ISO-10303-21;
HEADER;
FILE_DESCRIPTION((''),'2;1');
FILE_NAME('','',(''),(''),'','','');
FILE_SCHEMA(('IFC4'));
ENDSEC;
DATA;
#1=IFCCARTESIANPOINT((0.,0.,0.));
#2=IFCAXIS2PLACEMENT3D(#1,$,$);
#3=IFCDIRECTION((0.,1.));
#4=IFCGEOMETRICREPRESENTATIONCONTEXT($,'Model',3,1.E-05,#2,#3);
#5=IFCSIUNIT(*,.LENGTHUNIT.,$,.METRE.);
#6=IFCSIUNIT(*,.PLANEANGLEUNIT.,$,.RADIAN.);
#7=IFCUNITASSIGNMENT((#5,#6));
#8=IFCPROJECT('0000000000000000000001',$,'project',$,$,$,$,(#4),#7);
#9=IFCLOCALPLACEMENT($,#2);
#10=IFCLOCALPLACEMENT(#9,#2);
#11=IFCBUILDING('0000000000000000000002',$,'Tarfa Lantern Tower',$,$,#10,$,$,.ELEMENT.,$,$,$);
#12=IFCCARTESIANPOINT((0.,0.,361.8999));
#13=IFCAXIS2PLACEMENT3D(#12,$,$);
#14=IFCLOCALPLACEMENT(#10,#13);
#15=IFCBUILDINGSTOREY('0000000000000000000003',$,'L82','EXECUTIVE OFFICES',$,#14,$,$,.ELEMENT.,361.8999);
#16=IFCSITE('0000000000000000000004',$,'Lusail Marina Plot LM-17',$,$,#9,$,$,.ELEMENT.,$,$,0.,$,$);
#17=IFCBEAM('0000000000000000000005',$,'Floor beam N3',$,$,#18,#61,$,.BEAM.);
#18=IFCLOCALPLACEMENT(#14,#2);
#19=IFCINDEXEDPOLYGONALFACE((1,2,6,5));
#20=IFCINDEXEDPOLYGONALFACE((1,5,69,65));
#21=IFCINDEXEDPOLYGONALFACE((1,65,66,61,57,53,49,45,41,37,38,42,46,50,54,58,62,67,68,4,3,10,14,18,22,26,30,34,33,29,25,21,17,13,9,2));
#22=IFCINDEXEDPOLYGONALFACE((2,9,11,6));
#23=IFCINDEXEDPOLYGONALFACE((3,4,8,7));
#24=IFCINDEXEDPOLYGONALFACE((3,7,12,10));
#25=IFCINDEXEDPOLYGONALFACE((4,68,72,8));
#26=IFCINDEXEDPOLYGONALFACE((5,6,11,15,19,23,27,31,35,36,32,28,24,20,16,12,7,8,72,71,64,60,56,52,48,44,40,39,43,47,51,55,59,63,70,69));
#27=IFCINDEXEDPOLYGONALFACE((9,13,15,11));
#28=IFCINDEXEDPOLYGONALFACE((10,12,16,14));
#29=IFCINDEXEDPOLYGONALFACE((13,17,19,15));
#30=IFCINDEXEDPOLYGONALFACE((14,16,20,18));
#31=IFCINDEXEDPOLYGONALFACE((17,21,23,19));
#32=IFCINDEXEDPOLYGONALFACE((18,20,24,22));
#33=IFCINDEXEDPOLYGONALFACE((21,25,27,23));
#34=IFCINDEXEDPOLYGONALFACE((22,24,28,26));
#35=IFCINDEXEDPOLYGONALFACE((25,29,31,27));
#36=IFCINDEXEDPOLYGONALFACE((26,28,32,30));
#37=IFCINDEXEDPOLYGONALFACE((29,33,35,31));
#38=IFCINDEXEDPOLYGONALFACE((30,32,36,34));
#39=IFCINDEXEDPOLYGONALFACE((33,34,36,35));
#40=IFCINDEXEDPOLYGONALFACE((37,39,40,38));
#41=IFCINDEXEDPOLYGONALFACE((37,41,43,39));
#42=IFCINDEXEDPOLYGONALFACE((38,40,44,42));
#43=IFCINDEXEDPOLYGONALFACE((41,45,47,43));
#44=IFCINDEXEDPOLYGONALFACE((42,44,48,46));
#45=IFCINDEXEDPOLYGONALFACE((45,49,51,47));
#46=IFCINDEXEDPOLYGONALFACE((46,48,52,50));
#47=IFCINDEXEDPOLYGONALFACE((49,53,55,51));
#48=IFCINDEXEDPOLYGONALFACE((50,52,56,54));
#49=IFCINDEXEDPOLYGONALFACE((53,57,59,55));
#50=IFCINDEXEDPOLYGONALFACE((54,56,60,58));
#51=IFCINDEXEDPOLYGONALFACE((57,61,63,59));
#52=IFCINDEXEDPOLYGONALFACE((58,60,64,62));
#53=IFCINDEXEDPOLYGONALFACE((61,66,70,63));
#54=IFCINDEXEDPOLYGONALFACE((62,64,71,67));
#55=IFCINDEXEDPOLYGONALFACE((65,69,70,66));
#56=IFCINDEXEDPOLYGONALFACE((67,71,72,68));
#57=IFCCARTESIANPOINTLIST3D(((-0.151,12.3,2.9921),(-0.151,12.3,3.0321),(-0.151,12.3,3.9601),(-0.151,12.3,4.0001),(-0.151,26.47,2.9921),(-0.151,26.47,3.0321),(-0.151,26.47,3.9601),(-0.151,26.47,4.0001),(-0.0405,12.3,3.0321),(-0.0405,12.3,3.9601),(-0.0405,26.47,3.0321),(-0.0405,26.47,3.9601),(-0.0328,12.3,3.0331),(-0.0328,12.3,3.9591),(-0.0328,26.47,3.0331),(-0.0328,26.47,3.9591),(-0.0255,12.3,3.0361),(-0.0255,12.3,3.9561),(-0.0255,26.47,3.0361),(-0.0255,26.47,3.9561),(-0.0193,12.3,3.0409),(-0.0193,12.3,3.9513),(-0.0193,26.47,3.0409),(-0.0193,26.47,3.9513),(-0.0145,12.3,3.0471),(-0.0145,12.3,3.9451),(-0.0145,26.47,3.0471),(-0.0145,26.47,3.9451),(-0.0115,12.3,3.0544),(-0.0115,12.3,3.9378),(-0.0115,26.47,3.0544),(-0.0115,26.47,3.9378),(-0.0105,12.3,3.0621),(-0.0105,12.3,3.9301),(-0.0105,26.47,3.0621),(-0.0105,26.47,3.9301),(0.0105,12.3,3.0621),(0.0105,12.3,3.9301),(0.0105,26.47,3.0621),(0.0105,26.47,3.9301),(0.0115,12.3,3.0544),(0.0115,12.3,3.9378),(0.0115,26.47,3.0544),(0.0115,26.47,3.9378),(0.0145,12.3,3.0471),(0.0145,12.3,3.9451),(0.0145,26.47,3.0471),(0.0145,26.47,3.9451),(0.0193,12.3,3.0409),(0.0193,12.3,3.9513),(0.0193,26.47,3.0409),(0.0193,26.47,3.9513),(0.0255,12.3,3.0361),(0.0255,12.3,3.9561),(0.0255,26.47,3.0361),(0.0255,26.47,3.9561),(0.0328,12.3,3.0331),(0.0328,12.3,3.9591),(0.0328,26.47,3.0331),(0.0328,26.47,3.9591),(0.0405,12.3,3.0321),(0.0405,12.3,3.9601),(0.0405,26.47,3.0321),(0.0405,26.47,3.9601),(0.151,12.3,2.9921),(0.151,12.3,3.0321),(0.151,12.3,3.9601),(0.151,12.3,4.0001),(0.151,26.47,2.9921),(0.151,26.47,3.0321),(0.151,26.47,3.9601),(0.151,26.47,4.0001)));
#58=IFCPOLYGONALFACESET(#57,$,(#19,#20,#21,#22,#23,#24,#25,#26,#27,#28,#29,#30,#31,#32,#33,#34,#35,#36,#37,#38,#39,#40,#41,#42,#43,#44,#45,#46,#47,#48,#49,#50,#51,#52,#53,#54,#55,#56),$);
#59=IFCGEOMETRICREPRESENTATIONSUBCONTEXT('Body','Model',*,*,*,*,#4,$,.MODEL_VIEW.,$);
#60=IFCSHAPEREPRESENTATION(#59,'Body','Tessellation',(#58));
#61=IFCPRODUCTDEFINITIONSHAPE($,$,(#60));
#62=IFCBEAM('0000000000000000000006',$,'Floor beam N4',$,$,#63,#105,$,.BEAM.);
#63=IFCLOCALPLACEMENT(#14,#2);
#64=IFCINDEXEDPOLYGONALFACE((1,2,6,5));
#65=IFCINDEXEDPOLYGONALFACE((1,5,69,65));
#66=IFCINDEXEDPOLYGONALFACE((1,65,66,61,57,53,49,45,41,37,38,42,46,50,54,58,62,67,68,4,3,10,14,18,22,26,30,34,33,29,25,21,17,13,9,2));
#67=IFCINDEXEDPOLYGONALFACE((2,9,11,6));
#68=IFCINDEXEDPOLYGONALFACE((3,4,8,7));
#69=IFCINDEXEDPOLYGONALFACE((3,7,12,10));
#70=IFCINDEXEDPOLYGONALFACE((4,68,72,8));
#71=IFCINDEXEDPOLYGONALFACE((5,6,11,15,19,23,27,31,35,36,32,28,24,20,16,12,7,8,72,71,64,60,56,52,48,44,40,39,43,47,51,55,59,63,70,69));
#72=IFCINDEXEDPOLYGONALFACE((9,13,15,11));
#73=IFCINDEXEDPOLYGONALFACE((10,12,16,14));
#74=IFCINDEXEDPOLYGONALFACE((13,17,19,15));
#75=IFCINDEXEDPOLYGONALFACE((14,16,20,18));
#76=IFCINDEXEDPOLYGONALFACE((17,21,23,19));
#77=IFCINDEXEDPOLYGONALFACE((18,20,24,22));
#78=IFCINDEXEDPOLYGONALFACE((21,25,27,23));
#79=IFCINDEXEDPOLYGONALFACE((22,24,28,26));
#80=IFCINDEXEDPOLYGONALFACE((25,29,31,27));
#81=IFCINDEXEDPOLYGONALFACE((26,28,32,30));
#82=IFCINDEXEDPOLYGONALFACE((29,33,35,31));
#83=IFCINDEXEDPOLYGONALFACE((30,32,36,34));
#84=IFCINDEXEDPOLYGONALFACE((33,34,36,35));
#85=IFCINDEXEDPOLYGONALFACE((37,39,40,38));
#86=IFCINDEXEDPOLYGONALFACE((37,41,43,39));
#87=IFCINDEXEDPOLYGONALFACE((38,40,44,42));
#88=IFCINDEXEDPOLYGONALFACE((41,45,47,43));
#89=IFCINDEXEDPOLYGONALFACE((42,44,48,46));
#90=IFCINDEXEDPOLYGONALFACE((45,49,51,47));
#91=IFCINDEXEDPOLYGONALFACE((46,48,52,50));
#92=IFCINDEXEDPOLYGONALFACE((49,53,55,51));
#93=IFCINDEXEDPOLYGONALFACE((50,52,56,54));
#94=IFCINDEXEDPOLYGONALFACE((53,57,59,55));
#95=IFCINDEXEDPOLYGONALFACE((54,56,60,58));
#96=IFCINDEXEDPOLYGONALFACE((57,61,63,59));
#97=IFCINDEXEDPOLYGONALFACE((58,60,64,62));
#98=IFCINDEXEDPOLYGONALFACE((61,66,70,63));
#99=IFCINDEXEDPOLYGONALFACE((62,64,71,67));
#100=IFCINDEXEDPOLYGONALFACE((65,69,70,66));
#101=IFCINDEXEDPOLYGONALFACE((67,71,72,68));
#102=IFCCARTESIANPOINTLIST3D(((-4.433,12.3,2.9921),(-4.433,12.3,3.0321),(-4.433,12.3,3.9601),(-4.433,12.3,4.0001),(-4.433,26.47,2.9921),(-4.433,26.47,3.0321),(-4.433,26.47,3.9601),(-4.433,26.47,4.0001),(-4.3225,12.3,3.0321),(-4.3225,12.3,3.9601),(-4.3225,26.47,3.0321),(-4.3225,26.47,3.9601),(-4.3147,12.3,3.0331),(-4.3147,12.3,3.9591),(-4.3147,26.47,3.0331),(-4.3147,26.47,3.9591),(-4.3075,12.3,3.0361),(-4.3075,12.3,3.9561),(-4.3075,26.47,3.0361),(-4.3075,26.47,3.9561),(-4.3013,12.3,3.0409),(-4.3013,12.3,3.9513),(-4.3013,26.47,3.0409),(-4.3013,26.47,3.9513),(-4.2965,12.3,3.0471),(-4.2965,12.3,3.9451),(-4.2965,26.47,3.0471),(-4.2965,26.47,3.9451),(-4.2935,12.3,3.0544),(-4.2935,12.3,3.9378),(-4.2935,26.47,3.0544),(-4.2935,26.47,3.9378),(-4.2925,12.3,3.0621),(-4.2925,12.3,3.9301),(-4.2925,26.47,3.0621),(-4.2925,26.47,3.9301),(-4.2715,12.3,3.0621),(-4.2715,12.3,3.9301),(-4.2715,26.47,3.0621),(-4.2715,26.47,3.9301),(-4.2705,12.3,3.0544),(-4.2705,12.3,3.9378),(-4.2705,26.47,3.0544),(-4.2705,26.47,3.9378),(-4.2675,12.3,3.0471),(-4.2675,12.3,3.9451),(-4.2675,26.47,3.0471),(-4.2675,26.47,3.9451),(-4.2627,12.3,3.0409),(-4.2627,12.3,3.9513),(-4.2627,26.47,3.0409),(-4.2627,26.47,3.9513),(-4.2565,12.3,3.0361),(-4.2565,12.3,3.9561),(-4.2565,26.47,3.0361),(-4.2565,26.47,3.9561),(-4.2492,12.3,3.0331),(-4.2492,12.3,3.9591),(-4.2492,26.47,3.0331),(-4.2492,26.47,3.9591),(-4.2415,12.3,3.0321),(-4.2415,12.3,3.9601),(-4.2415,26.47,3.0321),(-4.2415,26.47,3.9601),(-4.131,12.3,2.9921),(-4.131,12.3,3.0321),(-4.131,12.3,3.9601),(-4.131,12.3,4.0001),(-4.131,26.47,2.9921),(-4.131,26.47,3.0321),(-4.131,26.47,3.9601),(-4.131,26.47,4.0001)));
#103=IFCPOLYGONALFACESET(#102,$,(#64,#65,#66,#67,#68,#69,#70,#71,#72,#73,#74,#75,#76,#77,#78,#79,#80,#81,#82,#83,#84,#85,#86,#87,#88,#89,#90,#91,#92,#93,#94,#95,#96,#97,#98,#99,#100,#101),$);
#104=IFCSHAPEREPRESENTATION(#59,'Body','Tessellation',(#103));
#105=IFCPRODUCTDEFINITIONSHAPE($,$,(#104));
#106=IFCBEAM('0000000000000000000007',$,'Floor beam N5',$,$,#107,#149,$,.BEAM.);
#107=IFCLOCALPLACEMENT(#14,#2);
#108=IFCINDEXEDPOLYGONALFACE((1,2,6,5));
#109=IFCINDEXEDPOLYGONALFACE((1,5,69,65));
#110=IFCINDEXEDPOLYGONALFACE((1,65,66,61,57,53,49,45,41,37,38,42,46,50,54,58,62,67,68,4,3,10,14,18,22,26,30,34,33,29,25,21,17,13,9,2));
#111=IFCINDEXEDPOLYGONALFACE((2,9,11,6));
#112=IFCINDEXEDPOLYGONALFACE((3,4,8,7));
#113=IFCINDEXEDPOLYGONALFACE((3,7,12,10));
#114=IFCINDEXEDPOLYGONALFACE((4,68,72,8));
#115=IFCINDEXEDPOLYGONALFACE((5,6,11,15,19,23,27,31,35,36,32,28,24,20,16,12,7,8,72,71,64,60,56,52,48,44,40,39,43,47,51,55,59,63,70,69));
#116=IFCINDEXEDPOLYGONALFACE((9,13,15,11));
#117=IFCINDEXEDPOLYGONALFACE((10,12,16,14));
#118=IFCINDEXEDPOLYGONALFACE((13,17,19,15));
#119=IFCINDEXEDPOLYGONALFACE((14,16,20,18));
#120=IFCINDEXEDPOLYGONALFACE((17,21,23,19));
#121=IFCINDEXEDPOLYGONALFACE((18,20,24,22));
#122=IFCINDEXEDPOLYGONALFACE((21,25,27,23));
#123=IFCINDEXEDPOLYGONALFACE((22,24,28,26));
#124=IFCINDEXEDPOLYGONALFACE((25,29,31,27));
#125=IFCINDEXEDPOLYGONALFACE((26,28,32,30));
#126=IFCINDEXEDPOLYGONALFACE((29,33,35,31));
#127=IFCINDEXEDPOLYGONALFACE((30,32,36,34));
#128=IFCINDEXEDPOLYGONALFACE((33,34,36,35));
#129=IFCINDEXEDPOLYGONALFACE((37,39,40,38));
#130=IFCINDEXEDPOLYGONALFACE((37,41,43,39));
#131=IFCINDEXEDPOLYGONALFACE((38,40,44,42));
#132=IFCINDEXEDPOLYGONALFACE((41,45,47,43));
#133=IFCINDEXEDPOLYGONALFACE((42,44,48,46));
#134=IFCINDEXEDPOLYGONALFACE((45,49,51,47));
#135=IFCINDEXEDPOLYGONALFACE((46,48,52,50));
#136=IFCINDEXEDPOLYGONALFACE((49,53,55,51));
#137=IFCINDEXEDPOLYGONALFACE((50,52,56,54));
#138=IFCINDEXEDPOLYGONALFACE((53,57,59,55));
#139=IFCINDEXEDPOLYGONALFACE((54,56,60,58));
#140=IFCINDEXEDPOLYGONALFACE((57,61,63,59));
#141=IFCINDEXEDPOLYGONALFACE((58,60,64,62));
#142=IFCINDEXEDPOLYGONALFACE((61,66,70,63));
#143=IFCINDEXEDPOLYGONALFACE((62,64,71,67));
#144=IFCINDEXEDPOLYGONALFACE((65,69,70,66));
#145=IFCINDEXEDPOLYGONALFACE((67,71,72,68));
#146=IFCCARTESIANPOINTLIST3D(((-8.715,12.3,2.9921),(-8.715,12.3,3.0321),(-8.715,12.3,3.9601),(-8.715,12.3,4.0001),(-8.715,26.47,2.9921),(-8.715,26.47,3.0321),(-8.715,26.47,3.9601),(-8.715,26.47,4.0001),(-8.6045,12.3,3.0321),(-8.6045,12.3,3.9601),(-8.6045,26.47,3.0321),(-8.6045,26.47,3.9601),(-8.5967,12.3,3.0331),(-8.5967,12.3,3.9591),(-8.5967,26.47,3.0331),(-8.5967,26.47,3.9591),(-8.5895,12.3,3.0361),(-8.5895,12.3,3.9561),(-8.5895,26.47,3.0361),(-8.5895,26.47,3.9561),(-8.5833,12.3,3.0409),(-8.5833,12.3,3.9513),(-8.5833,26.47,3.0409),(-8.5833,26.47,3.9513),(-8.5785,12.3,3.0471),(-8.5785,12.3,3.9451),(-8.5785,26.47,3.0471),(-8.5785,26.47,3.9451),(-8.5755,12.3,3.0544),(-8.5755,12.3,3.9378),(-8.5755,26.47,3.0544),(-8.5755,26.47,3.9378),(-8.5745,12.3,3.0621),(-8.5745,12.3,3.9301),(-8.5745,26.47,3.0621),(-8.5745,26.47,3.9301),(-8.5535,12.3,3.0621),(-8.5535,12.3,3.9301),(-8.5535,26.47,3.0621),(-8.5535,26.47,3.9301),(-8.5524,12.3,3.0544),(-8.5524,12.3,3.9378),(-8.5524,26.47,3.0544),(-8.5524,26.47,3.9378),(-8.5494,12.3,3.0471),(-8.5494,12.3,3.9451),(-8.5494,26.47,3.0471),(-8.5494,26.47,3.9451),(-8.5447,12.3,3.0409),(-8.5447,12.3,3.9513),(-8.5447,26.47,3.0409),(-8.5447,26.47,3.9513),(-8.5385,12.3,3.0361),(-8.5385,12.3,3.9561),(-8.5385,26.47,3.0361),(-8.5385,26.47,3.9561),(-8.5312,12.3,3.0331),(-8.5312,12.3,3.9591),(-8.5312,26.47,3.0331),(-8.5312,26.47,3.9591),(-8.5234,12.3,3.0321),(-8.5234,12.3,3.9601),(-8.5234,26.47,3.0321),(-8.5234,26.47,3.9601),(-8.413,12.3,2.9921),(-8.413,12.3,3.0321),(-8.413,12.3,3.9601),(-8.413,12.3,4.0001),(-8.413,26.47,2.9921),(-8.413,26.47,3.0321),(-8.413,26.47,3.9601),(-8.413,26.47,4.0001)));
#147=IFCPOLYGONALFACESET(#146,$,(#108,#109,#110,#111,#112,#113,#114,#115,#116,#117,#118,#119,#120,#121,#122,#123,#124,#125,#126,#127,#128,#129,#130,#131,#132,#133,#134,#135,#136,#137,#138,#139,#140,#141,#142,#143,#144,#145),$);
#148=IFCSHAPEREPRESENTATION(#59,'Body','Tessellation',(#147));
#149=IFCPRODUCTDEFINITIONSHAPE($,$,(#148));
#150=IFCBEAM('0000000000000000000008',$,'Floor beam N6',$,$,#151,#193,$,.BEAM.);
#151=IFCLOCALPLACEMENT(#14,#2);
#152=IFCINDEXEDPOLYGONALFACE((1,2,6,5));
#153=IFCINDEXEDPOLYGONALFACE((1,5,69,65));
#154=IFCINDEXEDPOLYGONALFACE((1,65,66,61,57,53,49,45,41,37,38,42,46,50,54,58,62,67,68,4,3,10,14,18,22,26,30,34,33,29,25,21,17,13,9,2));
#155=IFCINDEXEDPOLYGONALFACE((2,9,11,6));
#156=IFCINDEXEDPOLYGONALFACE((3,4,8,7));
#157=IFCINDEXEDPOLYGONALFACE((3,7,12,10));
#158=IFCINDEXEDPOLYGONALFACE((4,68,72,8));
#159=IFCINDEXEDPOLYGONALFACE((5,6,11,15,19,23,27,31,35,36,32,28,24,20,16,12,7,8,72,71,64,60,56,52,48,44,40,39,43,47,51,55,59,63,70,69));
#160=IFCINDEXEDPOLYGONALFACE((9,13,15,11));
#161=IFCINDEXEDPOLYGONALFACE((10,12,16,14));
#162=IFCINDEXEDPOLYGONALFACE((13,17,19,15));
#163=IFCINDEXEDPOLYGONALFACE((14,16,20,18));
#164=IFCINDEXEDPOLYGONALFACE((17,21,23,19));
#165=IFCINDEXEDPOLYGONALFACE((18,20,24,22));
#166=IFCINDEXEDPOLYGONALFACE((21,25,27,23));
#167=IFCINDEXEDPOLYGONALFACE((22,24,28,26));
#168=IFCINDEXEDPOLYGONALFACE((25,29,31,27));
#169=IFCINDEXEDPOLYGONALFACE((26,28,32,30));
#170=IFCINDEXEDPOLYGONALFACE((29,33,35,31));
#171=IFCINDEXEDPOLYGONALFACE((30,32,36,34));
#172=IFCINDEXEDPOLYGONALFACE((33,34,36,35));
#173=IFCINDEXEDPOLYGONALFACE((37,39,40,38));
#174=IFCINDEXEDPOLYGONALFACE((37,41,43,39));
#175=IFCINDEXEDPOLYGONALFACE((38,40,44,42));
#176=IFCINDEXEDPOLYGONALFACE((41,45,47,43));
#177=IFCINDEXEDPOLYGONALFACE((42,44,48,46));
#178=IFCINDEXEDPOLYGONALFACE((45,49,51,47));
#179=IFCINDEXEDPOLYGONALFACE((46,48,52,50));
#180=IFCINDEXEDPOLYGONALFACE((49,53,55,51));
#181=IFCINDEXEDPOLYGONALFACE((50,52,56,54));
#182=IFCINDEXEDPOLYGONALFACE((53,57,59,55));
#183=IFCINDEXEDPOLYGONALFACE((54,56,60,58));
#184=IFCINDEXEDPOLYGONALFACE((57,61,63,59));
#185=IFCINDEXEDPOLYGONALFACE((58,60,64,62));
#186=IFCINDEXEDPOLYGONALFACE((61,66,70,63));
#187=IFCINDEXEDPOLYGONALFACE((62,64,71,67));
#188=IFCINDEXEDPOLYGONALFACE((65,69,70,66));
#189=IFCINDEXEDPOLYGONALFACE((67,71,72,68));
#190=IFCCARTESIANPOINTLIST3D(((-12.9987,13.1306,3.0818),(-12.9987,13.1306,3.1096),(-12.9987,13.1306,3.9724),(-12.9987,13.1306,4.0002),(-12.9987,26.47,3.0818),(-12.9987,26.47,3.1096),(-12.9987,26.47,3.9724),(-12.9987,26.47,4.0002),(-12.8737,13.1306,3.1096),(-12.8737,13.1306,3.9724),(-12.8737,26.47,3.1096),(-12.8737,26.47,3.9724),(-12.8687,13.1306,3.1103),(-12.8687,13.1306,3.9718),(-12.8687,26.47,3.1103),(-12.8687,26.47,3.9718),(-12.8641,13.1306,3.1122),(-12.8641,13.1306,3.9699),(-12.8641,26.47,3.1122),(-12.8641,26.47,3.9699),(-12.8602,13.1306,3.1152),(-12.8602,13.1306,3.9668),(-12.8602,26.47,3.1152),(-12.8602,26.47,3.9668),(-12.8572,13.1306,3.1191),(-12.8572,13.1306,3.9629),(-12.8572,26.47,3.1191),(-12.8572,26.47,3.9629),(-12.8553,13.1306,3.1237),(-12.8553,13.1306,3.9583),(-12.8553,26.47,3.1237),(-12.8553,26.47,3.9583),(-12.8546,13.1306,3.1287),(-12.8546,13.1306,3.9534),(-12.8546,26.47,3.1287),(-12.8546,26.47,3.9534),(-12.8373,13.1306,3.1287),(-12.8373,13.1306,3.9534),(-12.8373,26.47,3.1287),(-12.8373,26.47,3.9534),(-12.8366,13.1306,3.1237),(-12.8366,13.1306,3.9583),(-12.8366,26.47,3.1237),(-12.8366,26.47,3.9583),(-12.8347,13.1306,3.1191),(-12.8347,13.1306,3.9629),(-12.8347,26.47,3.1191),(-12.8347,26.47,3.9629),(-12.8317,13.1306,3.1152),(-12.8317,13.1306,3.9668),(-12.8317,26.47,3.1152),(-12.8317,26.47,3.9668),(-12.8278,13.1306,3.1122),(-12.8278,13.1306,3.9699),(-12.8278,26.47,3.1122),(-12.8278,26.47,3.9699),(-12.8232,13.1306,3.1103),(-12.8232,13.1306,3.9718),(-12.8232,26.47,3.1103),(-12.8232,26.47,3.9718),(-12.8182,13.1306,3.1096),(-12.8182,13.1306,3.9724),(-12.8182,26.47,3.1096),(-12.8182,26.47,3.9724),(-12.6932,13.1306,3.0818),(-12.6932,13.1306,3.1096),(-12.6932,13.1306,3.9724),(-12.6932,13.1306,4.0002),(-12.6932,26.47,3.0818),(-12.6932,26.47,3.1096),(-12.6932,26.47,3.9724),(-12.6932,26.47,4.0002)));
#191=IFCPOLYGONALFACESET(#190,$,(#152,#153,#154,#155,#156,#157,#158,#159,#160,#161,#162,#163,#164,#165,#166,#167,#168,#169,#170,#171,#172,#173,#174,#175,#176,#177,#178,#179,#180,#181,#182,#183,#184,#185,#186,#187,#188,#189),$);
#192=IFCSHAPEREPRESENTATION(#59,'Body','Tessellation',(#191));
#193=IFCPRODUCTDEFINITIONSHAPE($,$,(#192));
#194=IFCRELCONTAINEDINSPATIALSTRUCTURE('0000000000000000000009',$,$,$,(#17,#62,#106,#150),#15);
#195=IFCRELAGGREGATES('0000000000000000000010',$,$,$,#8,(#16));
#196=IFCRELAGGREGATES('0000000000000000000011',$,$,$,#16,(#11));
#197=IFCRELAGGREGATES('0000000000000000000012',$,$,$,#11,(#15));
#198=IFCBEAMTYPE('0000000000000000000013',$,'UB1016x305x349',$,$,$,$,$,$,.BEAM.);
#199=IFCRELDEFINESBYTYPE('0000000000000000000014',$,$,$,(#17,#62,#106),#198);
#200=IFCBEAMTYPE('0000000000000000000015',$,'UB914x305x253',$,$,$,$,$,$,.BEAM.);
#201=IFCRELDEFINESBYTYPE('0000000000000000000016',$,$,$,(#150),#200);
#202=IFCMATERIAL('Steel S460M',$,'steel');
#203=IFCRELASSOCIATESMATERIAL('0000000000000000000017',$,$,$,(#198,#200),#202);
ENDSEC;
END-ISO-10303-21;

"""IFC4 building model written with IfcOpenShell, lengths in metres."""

from ifc_helpers import new_model, si_unit, direction, frame, origin, origin_2d, place, context, subcontext, project, spatial, i_section, extrude, material, material_profile, profile_set, type_object, element, save


model = new_model("IFC4")

# Units and contexts
model_context = context("Model", 3, precision=1e-05, world=origin(), true_north=direction((0.0, 1.0)))
body_context = subcontext(model_context, "Body", "Model", "MODEL_VIEW")
ifc_project = project(units=[si_unit("LENGTHUNIT", "METRE"), si_unit("PLANEANGLEUNIT", "RADIAN")], contexts=[model_context])

# Site, building, storey
site_placement = place(None, origin())
site = spatial("IfcSite", under=ifc_project, at=site_placement, Name="Lusail Marina Plot LM-17", CompositionType="ELEMENT", RefElevation=0.0)
building_placement = place(site_placement, origin())
building = spatial("IfcBuilding", under=site, at=building_placement, Name="Tarfa Lantern Tower", CompositionType="ELEMENT")
storey_placement = place(building_placement, frame((0.0, 0.0, 361.8999)))
storey = spatial("IfcBuildingStorey", under=building, at=storey_placement, Name="L82", Description="EXECUTIVE OFFICES", CompositionType="ELEMENT", Elevation=361.8999)

# Beams
ifc_material_1 = material(Name="Steel S460M", Category="steel")
ifc_material_profile_1 = material_profile(ifc_material_1, i_section(OverallWidth=0.302, OverallDepth=1.0081, WebThickness=0.021, FlangeThickness=0.04, FilletRadius=0.03, at=origin_2d()), Name="UB1016x305x349")
ifc_profile_set_1 = profile_set([ifc_material_profile_1], Name="Steel S460M")
beam_type_1 = type_object("IfcBeamType", Name="UB1016x305x349", PredefinedType="BEAM", material=ifc_profile_set_1)
for number, where, z_axis, x_axis, name in (
    (1, (0.0, 26.47, 3.4961), (0.0, -1.0, 0.0), (1.0, 0.0, 0.0), "Floor beam N3"),
    (2, (-4.282, 26.47, 3.4961), (0.0, -1.0, 0.0), (1.0, 0.0, 0.0), "Floor beam N4"),
    (3, (-8.564, 26.47, 3.4961), (0.0, -1.0, 0.0), (1.0, 0.0, 0.0), "Floor beam N5"),
):
    element("IfcBeam", number, at=place(storey_placement, frame(where, z_axis=z_axis, x_axis=x_axis)), inside=storey, type_object=beam_type_1, Name=name, PredefinedType="BEAM", context=body_context, shape_type="SweptSolid", body=[
        extrude(i_section(OverallWidth=0.302, OverallDepth=1.0081, WebThickness=0.021, FlangeThickness=0.04, FilletRadius=0.03, at=origin_2d()), origin(), (0.0, 0.0, 1.0), 14.1699),
    ])
ifc_material_profile_2 = material_profile(ifc_material_1, i_section(OverallWidth=0.3054, OverallDepth=0.9185, WebThickness=0.0173, FlangeThickness=0.0278, FilletRadius=0.019, at=origin_2d()), Name="UB914x305x253")
ifc_profile_set_2 = profile_set([ifc_material_profile_2], Name="Steel S460M")
beam_type_2 = type_object("IfcBeamType", Name="UB914x305x253", PredefinedType="BEAM", material=ifc_profile_set_2)
beam_1_placement = place(storey_placement, frame((-12.8459, 26.47, 3.541), z_axis=(0.0, -1.0, 0.0), x_axis=(1.0, 0.0, 0.0)))
element("IfcBeam", 4, at=beam_1_placement, inside=storey, type_object=beam_type_2, Name="Floor beam N6", PredefinedType="BEAM", context=body_context, shape_type="SweptSolid", body=[
    extrude(i_section(OverallWidth=0.3054, OverallDepth=0.9185, WebThickness=0.0173, FlangeThickness=0.0278, FilletRadius=0.019, at=origin_2d()), origin(), (0.0, 0.0, 1.0), 13.3394),
])

save(model, "model.ifc")
